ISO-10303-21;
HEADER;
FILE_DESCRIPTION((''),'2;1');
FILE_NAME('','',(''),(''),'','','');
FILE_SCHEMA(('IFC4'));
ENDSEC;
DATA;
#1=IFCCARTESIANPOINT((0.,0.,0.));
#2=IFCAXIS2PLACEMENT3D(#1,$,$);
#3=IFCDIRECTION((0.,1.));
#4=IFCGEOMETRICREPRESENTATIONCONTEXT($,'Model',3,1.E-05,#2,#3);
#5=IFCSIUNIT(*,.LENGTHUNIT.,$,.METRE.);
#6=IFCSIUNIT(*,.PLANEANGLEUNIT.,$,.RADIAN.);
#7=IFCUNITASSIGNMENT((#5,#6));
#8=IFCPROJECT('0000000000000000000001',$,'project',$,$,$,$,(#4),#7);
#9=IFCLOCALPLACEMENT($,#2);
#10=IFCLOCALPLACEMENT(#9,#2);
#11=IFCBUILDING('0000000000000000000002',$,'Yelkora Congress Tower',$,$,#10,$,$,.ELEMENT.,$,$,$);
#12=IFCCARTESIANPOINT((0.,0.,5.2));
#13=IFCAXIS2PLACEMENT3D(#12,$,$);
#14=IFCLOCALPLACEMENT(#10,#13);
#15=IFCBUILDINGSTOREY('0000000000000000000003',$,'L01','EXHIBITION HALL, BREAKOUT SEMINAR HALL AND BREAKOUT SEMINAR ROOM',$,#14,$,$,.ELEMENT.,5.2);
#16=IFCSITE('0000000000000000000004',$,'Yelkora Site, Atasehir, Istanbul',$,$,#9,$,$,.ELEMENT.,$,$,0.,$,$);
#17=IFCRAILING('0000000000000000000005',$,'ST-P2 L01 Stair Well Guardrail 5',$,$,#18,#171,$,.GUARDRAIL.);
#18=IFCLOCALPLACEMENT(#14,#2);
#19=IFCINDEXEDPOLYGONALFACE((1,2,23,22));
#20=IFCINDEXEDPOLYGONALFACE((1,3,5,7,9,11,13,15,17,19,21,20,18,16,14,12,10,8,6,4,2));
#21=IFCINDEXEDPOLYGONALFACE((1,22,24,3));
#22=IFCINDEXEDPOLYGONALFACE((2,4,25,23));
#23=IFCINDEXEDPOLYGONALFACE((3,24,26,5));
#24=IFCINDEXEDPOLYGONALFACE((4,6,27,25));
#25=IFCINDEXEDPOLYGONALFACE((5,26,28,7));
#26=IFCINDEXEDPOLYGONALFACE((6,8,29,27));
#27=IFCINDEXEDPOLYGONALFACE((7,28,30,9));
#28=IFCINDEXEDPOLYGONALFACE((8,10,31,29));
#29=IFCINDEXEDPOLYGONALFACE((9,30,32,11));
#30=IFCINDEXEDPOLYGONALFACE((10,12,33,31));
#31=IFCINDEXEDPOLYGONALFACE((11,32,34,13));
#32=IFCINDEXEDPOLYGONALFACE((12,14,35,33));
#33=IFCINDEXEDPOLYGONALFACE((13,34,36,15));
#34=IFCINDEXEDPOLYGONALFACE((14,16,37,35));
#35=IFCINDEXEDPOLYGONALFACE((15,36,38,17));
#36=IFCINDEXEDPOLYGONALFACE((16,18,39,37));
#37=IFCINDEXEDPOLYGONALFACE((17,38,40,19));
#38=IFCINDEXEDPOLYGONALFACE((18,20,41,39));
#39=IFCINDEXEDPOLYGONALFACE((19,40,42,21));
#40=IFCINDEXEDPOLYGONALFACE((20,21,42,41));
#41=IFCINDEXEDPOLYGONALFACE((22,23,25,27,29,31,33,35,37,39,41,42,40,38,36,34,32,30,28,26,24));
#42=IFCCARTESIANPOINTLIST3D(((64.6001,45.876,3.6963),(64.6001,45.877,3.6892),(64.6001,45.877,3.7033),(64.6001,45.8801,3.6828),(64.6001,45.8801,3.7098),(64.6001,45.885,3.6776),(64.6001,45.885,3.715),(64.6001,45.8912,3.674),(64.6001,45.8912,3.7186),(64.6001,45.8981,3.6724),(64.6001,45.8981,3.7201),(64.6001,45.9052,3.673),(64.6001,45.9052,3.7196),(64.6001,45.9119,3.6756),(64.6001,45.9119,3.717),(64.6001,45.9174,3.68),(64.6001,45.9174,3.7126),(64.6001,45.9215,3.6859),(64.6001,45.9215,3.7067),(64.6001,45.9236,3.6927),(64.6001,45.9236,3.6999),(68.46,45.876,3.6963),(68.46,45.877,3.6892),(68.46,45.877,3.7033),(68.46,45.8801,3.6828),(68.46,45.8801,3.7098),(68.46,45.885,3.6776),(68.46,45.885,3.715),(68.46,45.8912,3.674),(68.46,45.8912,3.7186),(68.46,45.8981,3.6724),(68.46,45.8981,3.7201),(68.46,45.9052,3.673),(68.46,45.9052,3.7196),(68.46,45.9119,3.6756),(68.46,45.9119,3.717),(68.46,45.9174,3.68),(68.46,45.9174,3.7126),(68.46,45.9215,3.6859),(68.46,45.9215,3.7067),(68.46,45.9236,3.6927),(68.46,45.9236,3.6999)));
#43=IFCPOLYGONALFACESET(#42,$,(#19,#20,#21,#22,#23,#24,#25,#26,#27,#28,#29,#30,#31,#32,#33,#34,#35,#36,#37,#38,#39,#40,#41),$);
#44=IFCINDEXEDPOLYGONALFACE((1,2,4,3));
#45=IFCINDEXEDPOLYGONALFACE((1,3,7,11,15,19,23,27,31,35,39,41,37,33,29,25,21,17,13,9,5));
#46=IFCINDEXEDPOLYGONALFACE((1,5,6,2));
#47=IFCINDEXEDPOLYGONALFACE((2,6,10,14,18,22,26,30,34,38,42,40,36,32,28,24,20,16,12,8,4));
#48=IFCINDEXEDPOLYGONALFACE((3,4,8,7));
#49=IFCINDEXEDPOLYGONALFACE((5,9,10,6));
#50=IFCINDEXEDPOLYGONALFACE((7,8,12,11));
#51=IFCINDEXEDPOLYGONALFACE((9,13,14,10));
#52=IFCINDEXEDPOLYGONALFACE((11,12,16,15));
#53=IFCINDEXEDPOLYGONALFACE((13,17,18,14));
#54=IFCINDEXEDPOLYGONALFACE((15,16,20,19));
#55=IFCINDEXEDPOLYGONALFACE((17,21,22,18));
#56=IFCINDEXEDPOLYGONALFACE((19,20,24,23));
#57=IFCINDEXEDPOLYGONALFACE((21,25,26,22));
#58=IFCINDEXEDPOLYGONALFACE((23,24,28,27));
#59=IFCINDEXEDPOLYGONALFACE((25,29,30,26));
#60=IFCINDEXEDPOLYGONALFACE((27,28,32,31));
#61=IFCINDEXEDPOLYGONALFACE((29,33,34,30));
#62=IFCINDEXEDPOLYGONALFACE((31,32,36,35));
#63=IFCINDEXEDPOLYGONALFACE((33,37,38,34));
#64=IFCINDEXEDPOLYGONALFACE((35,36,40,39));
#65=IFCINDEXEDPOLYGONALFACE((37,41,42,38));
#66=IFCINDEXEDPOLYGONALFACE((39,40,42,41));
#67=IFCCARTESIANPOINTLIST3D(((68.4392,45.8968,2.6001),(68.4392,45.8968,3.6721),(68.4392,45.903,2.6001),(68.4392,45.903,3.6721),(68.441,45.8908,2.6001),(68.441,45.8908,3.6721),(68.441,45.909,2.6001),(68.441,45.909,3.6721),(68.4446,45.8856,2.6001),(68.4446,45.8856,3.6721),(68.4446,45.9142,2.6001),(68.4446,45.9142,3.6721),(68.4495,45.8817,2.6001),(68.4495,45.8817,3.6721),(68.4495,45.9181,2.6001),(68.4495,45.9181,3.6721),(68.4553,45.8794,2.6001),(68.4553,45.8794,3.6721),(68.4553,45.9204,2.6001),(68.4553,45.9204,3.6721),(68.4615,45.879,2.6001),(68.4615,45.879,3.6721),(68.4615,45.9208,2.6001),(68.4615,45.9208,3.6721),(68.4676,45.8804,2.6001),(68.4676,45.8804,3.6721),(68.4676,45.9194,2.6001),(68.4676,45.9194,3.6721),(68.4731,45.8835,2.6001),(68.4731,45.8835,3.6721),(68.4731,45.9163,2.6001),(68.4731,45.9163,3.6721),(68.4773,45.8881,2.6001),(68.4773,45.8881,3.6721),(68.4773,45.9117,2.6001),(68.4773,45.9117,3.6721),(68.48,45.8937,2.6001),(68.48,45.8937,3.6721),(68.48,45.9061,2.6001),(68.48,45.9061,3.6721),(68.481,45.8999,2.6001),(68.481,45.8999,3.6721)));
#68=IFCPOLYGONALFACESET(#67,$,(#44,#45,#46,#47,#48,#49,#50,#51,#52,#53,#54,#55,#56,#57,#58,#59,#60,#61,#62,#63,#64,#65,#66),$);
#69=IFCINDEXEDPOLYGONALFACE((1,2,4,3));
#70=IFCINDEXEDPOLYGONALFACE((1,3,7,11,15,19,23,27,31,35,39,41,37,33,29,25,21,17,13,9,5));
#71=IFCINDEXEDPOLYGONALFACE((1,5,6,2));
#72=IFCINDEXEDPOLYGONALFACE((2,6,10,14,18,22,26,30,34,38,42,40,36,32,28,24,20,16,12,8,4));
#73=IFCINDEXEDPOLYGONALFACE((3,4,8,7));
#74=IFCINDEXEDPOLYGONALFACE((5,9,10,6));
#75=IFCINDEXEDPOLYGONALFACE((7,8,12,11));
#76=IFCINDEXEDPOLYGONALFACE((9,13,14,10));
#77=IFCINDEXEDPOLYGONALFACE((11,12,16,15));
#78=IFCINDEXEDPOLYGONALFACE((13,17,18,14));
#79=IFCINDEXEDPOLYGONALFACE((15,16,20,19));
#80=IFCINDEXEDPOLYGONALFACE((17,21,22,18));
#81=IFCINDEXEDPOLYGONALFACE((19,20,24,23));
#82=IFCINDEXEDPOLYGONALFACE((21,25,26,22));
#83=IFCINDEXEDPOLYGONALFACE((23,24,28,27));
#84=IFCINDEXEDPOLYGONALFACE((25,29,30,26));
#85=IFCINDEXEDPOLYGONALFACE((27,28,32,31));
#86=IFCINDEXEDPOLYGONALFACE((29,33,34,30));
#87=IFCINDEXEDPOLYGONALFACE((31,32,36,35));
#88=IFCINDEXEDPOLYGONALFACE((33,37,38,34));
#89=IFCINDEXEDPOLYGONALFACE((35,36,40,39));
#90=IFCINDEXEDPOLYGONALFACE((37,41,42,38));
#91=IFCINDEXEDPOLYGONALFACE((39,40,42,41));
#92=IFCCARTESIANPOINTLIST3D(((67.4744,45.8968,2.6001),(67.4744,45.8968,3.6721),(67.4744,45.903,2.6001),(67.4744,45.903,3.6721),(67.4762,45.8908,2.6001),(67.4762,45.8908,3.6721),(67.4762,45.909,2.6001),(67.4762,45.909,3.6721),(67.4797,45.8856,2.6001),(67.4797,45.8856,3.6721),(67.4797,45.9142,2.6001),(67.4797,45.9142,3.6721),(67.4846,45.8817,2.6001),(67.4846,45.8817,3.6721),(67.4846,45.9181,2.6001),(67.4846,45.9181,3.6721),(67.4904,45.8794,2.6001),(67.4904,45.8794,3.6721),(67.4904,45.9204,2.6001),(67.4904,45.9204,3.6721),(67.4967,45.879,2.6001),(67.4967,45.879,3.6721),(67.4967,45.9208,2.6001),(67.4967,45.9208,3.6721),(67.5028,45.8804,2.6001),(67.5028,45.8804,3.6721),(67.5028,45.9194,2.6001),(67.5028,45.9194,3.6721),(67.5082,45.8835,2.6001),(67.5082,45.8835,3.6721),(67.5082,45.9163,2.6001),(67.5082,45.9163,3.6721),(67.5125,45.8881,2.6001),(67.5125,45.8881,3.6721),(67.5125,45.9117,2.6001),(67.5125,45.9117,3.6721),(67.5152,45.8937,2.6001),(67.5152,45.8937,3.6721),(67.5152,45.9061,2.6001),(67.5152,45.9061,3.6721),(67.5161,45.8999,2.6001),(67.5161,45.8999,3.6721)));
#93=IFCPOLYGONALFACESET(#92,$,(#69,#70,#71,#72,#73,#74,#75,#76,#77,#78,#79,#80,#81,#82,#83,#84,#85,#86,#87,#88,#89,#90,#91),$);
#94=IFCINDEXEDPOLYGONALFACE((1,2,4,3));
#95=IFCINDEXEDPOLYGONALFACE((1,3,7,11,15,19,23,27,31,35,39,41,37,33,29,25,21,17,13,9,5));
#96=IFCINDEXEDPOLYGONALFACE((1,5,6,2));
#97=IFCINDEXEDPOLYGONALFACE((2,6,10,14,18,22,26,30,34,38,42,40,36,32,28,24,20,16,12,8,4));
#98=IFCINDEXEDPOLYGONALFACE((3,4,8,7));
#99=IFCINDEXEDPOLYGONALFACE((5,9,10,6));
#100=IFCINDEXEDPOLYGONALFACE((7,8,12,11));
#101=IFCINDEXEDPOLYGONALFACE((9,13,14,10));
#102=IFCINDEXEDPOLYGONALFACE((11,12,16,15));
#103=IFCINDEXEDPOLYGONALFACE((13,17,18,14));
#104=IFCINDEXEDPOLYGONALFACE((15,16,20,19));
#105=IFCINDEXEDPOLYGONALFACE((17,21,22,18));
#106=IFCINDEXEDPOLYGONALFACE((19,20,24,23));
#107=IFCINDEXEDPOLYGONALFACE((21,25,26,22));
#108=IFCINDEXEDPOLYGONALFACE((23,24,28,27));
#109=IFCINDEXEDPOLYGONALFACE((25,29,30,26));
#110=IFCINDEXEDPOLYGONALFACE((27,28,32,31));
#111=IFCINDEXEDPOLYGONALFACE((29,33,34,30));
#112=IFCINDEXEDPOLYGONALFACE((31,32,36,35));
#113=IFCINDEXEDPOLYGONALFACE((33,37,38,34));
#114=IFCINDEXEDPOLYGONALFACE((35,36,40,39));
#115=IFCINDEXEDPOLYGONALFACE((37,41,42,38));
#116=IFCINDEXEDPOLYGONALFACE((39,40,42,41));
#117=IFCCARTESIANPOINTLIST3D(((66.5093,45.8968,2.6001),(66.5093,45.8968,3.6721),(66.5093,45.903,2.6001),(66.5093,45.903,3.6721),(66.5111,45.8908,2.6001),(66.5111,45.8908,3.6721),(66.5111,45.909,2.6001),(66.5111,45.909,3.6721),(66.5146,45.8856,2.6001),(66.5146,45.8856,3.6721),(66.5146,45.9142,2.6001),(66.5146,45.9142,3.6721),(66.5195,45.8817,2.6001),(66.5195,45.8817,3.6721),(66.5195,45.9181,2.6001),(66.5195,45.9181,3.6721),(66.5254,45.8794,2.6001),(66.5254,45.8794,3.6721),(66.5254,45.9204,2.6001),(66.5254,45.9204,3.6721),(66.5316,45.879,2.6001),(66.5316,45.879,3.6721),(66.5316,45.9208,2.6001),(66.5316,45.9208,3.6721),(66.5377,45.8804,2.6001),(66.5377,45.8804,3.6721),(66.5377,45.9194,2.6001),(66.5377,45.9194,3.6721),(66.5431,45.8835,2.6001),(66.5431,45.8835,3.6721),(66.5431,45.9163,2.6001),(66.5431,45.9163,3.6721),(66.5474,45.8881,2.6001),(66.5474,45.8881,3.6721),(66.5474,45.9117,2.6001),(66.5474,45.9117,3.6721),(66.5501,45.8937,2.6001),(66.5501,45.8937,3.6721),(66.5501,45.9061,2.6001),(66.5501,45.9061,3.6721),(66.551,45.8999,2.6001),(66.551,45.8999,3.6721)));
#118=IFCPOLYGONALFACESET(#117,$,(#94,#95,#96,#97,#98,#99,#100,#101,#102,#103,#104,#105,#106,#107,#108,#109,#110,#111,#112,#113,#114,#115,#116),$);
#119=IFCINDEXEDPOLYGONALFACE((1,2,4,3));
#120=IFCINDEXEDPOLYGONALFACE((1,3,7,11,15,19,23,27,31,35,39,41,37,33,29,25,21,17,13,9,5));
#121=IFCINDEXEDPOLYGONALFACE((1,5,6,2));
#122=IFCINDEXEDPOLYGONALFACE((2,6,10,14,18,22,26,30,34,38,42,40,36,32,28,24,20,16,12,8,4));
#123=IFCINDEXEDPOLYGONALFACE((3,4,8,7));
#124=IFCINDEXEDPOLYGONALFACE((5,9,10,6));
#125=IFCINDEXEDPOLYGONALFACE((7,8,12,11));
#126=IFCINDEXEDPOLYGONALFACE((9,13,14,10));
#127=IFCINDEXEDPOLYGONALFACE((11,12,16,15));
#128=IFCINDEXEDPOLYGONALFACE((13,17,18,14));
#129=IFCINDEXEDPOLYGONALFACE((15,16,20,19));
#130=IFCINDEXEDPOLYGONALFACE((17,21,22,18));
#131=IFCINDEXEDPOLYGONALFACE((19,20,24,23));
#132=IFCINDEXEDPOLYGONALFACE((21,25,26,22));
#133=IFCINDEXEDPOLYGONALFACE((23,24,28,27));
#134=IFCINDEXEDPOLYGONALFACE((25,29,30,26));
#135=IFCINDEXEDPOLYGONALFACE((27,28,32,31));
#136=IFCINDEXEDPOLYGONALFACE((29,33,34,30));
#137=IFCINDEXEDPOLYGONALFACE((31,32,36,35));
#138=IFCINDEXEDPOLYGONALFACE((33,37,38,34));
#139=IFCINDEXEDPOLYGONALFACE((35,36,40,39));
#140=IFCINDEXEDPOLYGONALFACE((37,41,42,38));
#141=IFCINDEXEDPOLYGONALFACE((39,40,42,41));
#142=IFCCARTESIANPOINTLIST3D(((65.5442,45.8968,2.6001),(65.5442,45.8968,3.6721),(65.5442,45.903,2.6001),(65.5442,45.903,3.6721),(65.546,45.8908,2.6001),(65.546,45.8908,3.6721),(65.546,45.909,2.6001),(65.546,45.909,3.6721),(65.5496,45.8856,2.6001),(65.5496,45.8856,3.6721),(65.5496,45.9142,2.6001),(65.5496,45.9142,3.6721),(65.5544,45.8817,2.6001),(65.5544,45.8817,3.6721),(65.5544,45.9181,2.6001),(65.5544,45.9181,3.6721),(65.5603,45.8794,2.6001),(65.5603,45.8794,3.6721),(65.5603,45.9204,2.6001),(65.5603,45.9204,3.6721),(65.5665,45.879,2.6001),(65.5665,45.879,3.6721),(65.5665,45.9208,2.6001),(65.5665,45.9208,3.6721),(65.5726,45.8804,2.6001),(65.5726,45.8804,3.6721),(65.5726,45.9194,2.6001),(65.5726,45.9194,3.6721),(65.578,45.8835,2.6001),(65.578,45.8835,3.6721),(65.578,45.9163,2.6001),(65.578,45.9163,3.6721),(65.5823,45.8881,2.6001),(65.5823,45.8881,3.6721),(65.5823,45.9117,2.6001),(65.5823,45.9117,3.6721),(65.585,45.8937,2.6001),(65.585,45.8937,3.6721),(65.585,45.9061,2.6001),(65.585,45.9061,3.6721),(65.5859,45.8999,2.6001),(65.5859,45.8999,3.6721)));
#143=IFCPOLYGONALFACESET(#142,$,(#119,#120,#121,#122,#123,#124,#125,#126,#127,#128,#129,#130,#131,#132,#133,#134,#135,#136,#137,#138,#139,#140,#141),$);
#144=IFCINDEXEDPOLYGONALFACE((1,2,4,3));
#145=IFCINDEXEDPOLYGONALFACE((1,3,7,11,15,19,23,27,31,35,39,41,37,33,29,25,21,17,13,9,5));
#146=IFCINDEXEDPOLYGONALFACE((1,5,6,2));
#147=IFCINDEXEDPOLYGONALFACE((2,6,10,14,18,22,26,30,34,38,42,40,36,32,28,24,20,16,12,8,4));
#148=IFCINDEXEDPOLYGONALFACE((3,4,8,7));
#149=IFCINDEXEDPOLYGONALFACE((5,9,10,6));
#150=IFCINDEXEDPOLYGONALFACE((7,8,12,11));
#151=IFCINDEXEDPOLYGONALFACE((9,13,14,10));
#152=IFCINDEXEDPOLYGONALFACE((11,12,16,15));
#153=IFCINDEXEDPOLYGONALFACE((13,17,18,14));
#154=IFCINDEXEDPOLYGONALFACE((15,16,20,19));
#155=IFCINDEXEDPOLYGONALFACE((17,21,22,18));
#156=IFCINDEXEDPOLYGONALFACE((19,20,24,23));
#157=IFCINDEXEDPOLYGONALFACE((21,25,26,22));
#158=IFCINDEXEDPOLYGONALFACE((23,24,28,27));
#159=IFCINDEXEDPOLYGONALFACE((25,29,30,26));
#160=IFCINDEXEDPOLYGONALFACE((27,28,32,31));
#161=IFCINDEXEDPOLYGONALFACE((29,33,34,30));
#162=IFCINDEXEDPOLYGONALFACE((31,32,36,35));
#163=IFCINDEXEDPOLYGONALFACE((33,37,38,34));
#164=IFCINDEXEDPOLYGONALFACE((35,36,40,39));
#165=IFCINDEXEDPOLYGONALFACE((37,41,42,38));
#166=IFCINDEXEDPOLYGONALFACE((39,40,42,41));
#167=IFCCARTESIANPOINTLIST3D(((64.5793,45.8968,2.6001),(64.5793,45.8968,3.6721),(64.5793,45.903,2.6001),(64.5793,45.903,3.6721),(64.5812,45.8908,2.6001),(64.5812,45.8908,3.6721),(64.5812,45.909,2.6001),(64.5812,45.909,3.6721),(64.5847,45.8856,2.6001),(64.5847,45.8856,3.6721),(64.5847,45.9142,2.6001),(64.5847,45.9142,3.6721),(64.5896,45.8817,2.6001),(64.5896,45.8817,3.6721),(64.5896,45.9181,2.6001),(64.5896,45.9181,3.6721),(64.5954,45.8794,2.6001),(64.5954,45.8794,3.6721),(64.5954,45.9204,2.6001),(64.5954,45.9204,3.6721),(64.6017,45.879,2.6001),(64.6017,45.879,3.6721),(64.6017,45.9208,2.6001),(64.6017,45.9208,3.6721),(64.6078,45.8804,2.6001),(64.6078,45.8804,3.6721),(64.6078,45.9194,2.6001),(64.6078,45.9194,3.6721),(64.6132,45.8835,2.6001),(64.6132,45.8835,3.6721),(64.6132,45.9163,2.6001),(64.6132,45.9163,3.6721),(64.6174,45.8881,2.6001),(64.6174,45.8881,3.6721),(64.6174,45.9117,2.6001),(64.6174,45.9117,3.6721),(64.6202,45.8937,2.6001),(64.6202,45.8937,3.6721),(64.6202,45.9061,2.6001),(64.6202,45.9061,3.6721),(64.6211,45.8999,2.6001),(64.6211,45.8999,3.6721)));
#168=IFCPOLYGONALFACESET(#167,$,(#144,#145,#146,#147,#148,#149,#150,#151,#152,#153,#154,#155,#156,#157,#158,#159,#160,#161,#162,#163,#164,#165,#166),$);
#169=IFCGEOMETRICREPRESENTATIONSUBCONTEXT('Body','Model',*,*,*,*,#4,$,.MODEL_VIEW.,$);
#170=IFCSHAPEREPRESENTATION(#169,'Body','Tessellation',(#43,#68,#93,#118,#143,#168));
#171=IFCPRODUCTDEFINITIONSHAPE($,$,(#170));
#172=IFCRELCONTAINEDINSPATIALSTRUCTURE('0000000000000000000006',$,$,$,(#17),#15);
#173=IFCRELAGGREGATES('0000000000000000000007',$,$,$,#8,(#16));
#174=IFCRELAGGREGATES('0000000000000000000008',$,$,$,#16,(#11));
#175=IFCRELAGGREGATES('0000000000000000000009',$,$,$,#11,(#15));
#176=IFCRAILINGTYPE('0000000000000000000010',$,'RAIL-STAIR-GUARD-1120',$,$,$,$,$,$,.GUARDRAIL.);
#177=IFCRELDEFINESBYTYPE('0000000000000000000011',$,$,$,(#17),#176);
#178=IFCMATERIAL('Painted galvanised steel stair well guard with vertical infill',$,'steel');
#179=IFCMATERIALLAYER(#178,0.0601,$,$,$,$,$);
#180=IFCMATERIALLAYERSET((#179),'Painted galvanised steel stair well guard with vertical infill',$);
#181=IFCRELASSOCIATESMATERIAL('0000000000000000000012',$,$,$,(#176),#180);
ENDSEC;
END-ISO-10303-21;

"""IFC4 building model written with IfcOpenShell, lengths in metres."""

from ifc_helpers import new_model, si_unit, direction, frame, origin, origin_2d, place, context, subcontext, project, spatial, circle, extrude, material, layer, layer_set, type_object, element, save


model = new_model("IFC4")

# Units and contexts
model_context = context("Model", 3, precision=1e-05, world=origin(), true_north=direction((0.0, 1.0)))
body_context = subcontext(model_context, "Body", "Model", "MODEL_VIEW")
ifc_project = project(units=[si_unit("LENGTHUNIT", "METRE"), si_unit("PLANEANGLEUNIT", "RADIAN")], contexts=[model_context])

# Site, building, storey
site_placement = place(None, origin())
site = spatial("IfcSite", under=ifc_project, at=site_placement, Name="Yelkora Site, Atasehir, Istanbul", CompositionType="ELEMENT", RefElevation=0.0)
building_placement = place(site_placement, origin())
building = spatial("IfcBuilding", under=site, at=building_placement, Name="Yelkora Congress Tower", CompositionType="ELEMENT")
storey_placement = place(building_placement, frame((0.0, 0.0, 5.2)))
storey = spatial("IfcBuildingStorey", under=building, at=storey_placement, Name="L01", Description="EXHIBITION HALL, BREAKOUT SEMINAR HALL AND BREAKOUT SEMINAR ROOM", CompositionType="ELEMENT", Elevation=5.2)

# Railing
ifc_material_1 = material(Name="Painted galvanised steel stair well guard with vertical infill", Category="steel")
ifc_layer_1 = layer(ifc_material_1, 0.0601)
ifc_layer_set_1 = layer_set([ifc_layer_1], Name="Painted galvanised steel stair well guard with vertical infill")
railing_type_1 = type_object("IfcRailingType", Name="RAIL-STAIR-GUARD-1120", PredefinedType="GUARDRAIL", material=ifc_layer_set_1)
railing_1_placement = place(storey_placement, frame((68.46, 45.8999, 2.6001)))
element("IfcRailing", 1, at=railing_1_placement, inside=storey, type_object=railing_type_1, Name="ST-P2 L01 Stair Well Guardrail 5", PredefinedType="GUARDRAIL", context=body_context, shape_type="SweptSolid", body=[
    extrude(circle(Radius=0.0239, at=origin_2d()), frame((0.0, 0.0, 1.0962), z_axis=(-1.0, 0.0, 0.0), x_axis=(0.0, -1.0, 0.0)), (0.0, 0.0, 1.0), 3.8599),
    extrude(circle(Radius=0.021, at=origin_2d()), origin(), (0.0, 0.0, 1.0), 1.072),
    extrude(circle(Radius=0.021, at=origin_2d()), frame((-0.9648, 0.0, 0.0)), (0.0, 0.0, 1.0), 1.072),
    extrude(circle(Radius=0.021, at=origin_2d()), frame((-1.9299, 0.0, 0.0)), (0.0, 0.0, 1.0), 1.072),
    extrude(circle(Radius=0.021, at=origin_2d()), frame((-2.895, 0.0, 0.0)), (0.0, 0.0, 1.0), 1.072),
    extrude(circle(Radius=0.021, at=origin_2d()), frame((-3.8599, 0.0, 0.0)), (0.0, 0.0, 1.0), 1.072),
])

save(model, "model.ifc")
